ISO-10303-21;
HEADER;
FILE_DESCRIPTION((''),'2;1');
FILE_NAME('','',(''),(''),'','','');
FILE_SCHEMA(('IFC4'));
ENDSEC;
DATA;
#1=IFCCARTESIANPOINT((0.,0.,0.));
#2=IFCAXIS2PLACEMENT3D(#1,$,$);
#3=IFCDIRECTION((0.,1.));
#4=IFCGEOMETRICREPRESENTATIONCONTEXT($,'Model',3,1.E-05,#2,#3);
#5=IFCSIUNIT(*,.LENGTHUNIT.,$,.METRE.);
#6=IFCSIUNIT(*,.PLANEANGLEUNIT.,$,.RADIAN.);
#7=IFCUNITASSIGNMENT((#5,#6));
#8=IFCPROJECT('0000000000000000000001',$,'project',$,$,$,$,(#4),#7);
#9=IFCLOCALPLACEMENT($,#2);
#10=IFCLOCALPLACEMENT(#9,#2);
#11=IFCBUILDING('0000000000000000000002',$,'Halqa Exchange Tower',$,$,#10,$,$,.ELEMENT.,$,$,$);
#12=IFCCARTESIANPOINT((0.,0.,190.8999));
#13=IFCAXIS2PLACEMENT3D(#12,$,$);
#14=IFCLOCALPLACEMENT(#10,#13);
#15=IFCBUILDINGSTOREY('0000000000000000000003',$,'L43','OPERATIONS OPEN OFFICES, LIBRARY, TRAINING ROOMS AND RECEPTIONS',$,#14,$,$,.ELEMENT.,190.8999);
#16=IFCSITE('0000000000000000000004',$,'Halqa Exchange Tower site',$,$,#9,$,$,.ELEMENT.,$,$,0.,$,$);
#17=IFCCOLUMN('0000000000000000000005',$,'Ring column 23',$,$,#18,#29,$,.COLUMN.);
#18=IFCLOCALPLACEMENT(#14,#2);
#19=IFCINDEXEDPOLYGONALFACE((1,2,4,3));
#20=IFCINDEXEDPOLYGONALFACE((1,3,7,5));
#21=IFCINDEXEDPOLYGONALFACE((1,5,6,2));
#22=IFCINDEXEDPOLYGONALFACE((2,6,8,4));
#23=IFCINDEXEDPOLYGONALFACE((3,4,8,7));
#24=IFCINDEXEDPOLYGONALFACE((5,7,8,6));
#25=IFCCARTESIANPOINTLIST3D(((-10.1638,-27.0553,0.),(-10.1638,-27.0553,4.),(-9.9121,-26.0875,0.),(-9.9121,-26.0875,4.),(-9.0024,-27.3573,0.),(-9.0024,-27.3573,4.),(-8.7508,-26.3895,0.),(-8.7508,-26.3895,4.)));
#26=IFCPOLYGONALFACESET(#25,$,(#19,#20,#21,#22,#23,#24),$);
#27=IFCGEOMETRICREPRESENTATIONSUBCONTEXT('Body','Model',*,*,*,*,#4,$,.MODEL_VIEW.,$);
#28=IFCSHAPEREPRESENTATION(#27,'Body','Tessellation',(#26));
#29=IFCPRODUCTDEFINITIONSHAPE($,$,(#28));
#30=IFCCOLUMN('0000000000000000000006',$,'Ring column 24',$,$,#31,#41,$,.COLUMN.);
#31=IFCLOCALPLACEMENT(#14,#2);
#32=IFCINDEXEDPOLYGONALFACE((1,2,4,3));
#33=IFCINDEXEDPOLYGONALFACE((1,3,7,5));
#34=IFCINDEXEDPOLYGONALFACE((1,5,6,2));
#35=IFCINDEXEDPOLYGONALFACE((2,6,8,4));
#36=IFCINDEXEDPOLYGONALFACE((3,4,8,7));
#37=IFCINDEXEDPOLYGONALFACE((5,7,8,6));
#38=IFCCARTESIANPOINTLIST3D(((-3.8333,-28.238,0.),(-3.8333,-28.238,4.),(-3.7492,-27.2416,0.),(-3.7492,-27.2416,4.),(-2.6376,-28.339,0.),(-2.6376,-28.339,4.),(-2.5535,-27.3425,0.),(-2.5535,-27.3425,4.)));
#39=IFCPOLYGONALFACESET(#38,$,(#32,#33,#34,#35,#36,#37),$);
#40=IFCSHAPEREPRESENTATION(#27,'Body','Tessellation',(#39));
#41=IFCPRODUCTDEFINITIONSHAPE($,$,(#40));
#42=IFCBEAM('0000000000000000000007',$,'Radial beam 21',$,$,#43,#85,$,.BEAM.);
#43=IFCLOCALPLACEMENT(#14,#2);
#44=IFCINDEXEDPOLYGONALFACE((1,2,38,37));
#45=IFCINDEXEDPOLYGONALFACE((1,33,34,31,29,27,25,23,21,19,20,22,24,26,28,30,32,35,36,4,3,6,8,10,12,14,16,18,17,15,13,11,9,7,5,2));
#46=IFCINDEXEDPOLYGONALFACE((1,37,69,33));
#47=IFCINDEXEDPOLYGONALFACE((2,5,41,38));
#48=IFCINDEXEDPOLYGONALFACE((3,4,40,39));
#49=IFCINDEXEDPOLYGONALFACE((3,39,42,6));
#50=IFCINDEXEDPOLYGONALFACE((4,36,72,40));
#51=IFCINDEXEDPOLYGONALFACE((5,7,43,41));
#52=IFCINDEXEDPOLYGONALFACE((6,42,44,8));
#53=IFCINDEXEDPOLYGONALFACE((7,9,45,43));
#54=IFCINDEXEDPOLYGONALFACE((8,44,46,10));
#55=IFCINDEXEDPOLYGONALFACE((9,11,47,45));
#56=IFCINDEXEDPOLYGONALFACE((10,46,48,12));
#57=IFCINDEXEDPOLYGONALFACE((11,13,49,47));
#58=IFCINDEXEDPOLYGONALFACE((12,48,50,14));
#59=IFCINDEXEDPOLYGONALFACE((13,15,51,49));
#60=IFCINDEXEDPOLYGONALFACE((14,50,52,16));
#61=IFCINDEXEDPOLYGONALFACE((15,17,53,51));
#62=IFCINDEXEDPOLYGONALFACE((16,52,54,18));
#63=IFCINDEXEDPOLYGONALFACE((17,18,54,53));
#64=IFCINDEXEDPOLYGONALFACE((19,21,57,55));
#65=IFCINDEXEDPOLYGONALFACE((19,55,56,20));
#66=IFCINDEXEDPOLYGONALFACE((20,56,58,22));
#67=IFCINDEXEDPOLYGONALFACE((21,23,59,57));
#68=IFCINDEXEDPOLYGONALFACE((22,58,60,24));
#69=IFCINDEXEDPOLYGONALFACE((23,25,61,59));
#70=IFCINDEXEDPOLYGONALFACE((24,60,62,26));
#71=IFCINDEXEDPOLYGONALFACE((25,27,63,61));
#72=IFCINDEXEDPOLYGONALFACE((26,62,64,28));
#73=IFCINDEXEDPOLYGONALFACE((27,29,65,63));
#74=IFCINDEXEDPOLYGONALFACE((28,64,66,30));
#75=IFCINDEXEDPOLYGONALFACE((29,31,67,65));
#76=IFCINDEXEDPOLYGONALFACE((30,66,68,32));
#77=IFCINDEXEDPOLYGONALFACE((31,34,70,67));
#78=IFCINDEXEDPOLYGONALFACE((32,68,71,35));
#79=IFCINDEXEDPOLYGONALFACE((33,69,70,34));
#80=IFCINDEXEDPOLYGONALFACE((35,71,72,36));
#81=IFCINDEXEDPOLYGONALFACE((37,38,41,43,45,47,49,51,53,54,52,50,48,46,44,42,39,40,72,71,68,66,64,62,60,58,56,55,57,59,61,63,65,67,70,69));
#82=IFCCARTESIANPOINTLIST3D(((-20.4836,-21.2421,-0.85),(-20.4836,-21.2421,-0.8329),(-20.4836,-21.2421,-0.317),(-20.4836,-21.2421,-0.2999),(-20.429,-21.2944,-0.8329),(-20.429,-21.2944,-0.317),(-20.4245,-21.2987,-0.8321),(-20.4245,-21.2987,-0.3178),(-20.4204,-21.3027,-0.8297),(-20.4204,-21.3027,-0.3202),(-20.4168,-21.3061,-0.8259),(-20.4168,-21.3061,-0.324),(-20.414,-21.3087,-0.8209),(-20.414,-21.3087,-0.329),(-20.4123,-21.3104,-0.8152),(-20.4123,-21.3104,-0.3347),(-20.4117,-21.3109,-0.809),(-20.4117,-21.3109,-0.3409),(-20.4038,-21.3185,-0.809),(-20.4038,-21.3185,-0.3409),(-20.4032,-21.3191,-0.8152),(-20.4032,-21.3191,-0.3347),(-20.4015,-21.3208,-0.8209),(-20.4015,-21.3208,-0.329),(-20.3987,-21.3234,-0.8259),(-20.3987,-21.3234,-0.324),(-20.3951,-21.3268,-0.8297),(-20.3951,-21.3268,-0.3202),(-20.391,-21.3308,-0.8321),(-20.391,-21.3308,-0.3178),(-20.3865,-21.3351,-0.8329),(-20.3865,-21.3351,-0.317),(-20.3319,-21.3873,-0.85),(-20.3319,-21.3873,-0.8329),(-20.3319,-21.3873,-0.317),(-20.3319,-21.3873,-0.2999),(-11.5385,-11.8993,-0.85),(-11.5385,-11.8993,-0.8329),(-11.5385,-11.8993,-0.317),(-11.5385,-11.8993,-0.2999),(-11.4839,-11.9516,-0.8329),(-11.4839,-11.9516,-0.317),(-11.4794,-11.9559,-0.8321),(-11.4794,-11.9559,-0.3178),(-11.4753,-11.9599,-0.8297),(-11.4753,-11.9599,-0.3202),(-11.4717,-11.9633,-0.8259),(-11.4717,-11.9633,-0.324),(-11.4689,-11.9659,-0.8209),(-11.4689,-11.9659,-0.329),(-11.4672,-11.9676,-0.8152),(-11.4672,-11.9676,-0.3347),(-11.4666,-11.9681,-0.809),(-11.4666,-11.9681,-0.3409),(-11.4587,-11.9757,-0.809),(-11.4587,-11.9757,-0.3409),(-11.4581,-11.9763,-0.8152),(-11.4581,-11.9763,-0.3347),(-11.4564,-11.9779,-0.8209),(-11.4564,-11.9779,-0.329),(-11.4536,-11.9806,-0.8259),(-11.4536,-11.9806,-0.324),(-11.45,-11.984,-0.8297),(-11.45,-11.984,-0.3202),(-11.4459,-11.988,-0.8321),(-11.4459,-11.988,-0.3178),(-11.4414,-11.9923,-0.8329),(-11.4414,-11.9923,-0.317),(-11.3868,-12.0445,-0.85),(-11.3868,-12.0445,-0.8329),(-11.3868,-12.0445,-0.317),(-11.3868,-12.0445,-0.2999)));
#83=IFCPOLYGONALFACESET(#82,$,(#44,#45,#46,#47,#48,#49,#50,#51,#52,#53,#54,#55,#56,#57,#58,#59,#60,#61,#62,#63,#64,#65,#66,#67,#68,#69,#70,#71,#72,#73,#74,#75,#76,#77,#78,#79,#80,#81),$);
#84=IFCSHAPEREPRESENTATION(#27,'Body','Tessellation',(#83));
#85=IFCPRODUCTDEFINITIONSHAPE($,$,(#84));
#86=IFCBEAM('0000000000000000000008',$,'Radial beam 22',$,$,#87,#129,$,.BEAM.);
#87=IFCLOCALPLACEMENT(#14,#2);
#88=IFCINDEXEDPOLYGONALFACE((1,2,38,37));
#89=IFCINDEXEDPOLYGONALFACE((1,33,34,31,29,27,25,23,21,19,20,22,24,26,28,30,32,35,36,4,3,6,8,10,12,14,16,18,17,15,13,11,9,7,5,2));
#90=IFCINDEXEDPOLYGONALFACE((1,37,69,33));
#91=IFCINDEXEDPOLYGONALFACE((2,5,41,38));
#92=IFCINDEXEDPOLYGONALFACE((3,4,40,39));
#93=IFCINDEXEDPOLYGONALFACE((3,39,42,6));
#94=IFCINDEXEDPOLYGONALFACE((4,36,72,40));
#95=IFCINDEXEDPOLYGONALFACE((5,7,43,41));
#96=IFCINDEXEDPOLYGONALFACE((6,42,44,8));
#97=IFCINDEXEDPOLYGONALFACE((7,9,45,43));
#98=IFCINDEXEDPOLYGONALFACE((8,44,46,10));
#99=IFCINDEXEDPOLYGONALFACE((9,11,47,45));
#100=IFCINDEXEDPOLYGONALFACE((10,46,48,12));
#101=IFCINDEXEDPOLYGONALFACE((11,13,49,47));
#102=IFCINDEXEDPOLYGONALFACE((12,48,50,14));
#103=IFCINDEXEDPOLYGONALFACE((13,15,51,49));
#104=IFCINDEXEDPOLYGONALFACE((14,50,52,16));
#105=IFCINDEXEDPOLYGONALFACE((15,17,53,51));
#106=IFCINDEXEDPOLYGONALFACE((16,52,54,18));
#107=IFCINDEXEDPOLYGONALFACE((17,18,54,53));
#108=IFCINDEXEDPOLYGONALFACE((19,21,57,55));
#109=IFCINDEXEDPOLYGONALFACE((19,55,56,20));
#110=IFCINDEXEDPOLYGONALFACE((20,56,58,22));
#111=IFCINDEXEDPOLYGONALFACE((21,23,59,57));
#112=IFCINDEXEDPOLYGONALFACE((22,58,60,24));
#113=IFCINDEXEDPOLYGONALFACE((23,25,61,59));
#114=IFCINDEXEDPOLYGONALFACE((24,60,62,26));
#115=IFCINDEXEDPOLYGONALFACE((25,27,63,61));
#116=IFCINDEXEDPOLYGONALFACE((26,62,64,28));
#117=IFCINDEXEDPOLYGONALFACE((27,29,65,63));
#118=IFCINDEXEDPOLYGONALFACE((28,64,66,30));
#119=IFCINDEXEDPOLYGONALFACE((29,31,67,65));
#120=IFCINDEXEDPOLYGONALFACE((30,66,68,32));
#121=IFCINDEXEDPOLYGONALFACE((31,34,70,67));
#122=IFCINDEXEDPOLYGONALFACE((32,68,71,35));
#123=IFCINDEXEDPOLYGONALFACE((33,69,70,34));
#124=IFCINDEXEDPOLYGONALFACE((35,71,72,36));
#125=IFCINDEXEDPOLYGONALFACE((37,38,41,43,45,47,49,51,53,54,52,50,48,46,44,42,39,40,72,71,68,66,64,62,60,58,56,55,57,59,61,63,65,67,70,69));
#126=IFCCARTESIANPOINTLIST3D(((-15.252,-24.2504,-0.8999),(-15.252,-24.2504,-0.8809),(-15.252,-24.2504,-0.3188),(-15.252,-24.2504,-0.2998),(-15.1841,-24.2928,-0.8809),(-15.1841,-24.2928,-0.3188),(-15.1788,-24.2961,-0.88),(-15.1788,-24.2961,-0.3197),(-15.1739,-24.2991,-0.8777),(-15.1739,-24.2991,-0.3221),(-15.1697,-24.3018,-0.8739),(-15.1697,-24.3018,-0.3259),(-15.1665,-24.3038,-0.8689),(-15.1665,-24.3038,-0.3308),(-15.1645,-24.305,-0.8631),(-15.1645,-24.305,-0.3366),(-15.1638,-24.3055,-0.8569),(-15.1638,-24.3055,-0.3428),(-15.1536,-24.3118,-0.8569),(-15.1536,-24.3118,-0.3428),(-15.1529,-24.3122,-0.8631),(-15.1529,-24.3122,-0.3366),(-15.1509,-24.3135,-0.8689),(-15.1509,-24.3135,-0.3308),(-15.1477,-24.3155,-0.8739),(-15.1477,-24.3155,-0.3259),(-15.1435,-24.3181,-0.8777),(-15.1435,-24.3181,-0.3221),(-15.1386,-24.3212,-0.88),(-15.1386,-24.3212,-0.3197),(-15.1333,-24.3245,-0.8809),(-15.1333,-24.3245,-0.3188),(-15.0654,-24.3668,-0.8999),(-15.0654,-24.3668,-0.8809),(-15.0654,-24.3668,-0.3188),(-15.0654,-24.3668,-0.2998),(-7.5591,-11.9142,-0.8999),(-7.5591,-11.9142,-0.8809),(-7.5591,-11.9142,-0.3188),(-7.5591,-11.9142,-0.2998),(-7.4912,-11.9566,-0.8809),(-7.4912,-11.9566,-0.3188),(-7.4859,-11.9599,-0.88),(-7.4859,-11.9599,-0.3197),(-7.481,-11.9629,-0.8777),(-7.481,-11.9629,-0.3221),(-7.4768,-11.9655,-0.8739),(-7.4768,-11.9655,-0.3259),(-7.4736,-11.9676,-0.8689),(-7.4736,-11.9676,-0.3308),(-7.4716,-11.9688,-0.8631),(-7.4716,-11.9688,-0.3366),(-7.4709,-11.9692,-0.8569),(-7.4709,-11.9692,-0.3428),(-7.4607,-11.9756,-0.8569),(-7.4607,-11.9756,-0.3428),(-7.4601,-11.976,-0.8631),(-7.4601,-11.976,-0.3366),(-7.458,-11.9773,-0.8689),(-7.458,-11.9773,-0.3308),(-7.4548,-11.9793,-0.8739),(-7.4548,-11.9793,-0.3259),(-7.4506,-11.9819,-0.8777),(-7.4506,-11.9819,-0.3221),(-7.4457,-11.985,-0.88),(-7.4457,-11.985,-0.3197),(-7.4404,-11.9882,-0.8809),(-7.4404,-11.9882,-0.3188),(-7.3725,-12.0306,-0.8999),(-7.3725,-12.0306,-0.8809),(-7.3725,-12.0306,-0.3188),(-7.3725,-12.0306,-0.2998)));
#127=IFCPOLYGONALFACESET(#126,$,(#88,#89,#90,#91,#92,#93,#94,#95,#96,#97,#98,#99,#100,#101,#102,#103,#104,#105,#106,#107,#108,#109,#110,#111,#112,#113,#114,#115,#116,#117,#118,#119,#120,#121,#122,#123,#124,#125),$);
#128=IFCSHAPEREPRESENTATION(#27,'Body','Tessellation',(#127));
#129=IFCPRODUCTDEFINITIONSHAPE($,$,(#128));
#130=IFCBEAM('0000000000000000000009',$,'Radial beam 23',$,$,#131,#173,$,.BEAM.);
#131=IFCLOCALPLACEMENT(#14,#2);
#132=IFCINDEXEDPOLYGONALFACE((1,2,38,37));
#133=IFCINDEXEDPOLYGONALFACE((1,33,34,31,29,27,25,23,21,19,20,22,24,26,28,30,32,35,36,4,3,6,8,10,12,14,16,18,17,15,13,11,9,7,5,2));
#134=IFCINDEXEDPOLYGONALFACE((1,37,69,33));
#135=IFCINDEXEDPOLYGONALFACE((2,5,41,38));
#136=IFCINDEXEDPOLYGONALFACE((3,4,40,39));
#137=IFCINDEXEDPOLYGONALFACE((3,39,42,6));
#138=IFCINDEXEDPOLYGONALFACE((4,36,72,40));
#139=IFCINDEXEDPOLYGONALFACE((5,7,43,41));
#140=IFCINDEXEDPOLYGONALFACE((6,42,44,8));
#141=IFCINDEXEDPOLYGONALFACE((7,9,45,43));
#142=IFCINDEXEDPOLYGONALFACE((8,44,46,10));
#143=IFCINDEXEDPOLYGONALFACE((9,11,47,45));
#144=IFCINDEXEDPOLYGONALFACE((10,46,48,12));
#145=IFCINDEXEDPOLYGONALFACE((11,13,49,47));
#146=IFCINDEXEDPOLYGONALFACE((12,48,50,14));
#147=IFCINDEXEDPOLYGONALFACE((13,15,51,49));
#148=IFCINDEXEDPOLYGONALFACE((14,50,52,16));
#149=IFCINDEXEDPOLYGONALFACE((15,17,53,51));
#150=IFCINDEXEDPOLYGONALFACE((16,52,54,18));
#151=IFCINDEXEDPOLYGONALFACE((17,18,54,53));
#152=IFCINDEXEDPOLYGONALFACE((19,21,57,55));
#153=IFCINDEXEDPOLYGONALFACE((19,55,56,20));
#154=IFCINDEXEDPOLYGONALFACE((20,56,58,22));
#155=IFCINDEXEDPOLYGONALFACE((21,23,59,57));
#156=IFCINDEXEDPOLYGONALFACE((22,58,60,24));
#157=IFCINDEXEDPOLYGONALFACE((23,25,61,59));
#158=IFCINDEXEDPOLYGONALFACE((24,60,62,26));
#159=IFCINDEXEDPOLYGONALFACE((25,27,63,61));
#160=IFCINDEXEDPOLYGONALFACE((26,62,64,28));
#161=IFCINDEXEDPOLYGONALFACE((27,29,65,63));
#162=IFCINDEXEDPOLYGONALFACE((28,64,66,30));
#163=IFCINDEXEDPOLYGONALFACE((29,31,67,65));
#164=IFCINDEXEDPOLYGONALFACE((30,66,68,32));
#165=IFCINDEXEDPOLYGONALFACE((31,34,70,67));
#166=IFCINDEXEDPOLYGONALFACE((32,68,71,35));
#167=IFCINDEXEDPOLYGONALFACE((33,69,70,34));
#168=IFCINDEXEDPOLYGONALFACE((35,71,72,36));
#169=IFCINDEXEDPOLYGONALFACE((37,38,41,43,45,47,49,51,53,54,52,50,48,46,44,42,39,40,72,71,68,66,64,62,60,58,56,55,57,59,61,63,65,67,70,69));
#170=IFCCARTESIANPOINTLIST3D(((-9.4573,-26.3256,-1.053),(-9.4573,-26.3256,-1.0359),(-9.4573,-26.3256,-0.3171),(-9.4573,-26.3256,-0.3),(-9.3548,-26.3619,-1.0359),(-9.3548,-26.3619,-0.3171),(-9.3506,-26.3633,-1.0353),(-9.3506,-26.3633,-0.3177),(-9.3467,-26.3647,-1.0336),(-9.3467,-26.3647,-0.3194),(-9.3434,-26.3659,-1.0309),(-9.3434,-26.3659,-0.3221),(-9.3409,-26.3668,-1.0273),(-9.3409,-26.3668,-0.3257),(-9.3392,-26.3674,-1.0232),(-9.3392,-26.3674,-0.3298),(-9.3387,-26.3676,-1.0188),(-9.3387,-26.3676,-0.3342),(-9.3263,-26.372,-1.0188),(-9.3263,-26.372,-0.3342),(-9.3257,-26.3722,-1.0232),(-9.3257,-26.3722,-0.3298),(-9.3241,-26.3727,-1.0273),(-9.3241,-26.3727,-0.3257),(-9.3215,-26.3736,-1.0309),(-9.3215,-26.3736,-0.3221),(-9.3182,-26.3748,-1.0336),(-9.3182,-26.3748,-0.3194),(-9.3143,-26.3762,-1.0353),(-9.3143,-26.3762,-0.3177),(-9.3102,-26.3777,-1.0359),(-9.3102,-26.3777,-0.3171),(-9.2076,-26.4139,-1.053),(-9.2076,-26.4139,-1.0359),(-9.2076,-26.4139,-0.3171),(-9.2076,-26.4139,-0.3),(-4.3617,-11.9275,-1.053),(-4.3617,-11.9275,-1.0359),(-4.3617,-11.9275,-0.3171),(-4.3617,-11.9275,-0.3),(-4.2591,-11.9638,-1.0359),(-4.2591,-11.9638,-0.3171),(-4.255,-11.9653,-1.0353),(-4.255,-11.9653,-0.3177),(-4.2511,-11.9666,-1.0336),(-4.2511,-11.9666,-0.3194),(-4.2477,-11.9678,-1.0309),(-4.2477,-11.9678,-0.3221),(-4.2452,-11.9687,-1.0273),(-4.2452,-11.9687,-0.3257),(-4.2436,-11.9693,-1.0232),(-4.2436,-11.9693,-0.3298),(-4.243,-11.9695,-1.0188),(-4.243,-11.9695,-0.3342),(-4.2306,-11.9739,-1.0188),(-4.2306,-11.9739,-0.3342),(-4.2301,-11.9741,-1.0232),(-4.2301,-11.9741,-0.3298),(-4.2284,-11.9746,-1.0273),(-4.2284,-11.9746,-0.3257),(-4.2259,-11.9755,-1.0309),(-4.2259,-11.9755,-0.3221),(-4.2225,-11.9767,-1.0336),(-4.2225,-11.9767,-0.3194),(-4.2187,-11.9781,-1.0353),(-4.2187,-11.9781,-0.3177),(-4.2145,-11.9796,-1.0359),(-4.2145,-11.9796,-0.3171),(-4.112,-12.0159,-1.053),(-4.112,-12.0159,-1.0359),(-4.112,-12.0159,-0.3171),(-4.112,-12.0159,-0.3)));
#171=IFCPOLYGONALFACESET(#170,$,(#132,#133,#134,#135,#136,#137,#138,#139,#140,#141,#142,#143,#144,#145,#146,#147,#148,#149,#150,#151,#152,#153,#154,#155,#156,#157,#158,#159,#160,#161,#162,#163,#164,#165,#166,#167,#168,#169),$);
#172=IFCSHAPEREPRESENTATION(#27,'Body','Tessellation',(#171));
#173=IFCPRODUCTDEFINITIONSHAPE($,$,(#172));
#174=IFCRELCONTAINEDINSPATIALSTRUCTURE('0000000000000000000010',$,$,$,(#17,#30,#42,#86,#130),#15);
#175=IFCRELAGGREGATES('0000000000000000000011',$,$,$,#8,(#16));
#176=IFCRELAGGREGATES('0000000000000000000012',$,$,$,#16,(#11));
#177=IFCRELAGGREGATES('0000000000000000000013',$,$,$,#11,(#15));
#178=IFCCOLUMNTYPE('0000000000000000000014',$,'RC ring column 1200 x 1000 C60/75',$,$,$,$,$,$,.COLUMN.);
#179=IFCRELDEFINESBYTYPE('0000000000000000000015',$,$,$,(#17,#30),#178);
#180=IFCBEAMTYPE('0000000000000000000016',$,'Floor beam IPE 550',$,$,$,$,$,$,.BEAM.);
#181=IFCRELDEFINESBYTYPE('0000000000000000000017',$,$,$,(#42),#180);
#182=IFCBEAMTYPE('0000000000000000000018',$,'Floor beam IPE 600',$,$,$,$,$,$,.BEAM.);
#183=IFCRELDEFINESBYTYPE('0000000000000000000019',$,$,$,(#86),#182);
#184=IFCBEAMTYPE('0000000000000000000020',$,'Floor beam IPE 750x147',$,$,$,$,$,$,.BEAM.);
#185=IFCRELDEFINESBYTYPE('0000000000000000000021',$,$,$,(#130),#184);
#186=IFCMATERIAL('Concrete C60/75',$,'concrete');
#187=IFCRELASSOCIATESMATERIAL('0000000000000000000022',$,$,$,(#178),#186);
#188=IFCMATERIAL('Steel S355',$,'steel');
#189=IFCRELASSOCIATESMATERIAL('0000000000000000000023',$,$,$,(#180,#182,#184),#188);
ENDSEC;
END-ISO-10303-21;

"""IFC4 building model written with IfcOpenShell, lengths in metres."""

from ifc_helpers import new_model, si_unit, direction, frame, origin, origin_2d, place, context, subcontext, project, spatial, rectangle, i_section, extrude, material, material_profile, profile_set, type_object, element, save


model = new_model("IFC4")

# Units and contexts
model_context = context("Model", 3, precision=1e-05, world=origin(), true_north=direction((0.0, 1.0)))
body_context = subcontext(model_context, "Body", "Model", "MODEL_VIEW")
ifc_project = project(units=[si_unit("LENGTHUNIT", "METRE"), si_unit("PLANEANGLEUNIT", "RADIAN")], contexts=[model_context])

# Site, building, storey
site_placement = place(None, origin())
site = spatial("IfcSite", under=ifc_project, at=site_placement, Name="Halqa Exchange Tower site", CompositionType="ELEMENT", RefElevation=0.0)
building_placement = place(site_placement, origin())
building = spatial("IfcBuilding", under=site, at=building_placement, Name="Halqa Exchange Tower", CompositionType="ELEMENT")
storey_placement = place(building_placement, frame((0.0, 0.0, 190.8999)))
storey = spatial("IfcBuildingStorey", under=building, at=storey_placement, Name="L43", Description="OPERATIONS OPEN OFFICES, LIBRARY, TRAINING ROOMS AND RECEPTIONS", CompositionType="ELEMENT", Elevation=190.8999)

# Columns
ifc_material_1 = material(Name="Concrete C60/75", Category="concrete")
ifc_material_profile_1 = material_profile(ifc_material_1, rectangle(XDim=1.2, YDim=1.0, at=origin_2d()), Name="1200 x 1000")
ifc_profile_set_1 = profile_set([ifc_material_profile_1], Name="Concrete C60/75")
column_type = type_object("IfcColumnType", Name="RC ring column 1200 x 1000 C60/75", PredefinedType="COLUMN", material=ifc_profile_set_1)
for number, where, z_axis, x_axis, name in (
    (1, (-9.4573, -26.7224, 0.0), (0.0, 0.0, 1.0), (0.967821, -0.25164, 0.0), "Ring column 23"),
    (2, (-3.1934, -27.7903, 0.0), (0.0, 0.0, 1.0), (0.996456, -0.084116, 0.0), "Ring column 24"),
):
    element("IfcColumn", number, at=place(storey_placement, frame(where, z_axis=z_axis, x_axis=x_axis)), inside=storey, type_object=column_type, Name=name, PredefinedType="COLUMN", context=body_context, shape_type="SweptSolid", body=[
        extrude(rectangle(XDim=1.2, YDim=1.0, at=origin_2d()), origin(), (0.0, 0.0, 1.0), 4.0),
    ])

# Beams
ifc_material_2 = material(Name="Steel S355", Category="steel")
ifc_material_profile_2 = material_profile(ifc_material_2, i_section(OverallWidth=0.21, OverallDepth=0.55, WebThickness=0.011, FlangeThickness=0.0171, FilletRadius=0.0239, at=origin_2d()), Name="IPE 550")
ifc_profile_set_2 = profile_set([ifc_material_profile_2], Name="Steel S355")
beam_type_1 = type_object("IfcBeamType", Name="Floor beam IPE 550", PredefinedType="BEAM", material=ifc_profile_set_2)
beam_1_placement = place(storey_placement, frame((-11.4626, -11.9719, -0.575), z_axis=(-0.691566, -0.722313, 0.0), x_axis=(0.722313, -0.691566, 0.0)))
element("IfcBeam", 3, at=beam_1_placement, inside=storey, type_object=beam_type_1, Name="Radial beam 21", PredefinedType="BEAM", context=body_context, shape_type="SweptSolid", body=[
    extrude(i_section(OverallWidth=0.21, OverallDepth=0.55, WebThickness=0.011, FlangeThickness=0.0171, FilletRadius=0.0239, at=origin_2d()), origin(), (0.0, 0.0, 1.0), 12.9346),
])
ifc_material_profile_3 = material_profile(ifc_material_2, i_section(OverallWidth=0.22, OverallDepth=0.6001, WebThickness=0.012, FlangeThickness=0.019, FilletRadius=0.0239, at=origin_2d()), Name="IPE 600")
ifc_profile_set_3 = profile_set([ifc_material_profile_3], Name="Steel S355")
beam_type_2 = type_object("IfcBeamType", Name="Floor beam IPE 600", PredefinedType="BEAM", material=ifc_profile_set_3)
beam_2_placement = place(storey_placement, frame((-7.4658, -11.9724, -0.5999), z_axis=(-0.529146, -0.848531, 0.0), x_axis=(0.848531, -0.529146, 0.0)))
element("IfcBeam", 4, at=beam_2_placement, inside=storey, type_object=beam_type_2, Name="Radial beam 22", PredefinedType="BEAM", context=body_context, shape_type="SweptSolid", body=[
    extrude(i_section(OverallWidth=0.22, OverallDepth=0.6001, WebThickness=0.012, FlangeThickness=0.019, FilletRadius=0.0239, at=origin_2d()), origin(), (0.0, 0.0, 1.0), 14.5383),
])
ifc_material_profile_4 = material_profile(ifc_material_2, i_section(OverallWidth=0.2649, OverallDepth=0.7529, WebThickness=0.0132, FlangeThickness=0.0171, FilletRadius=0.0171, at=origin_2d()), Name="IPE 750x147")
ifc_profile_set_4 = profile_set([ifc_material_profile_4], Name="Steel S355")
beam_type_3 = type_object("IfcBeamType", Name="Floor beam IPE 750x147", PredefinedType="BEAM", material=ifc_profile_set_4)
beam_3_placement = place(storey_placement, frame((-4.2368, -11.9717, -0.6765), z_axis=(-0.333634, -0.942703, 0.0), x_axis=(0.942703, -0.333634, 0.0)))
element("IfcBeam", 5, at=beam_3_placement, inside=storey, type_object=beam_type_3, Name="Radial beam 23", PredefinedType="BEAM", context=body_context, shape_type="SweptSolid", body=[
    extrude(i_section(OverallWidth=0.2649, OverallDepth=0.7529, WebThickness=0.0132, FlangeThickness=0.0171, FilletRadius=0.0171, at=origin_2d()), origin(), (0.0, 0.0, 1.0), 15.2732),
])

save(model, "model.ifc")
